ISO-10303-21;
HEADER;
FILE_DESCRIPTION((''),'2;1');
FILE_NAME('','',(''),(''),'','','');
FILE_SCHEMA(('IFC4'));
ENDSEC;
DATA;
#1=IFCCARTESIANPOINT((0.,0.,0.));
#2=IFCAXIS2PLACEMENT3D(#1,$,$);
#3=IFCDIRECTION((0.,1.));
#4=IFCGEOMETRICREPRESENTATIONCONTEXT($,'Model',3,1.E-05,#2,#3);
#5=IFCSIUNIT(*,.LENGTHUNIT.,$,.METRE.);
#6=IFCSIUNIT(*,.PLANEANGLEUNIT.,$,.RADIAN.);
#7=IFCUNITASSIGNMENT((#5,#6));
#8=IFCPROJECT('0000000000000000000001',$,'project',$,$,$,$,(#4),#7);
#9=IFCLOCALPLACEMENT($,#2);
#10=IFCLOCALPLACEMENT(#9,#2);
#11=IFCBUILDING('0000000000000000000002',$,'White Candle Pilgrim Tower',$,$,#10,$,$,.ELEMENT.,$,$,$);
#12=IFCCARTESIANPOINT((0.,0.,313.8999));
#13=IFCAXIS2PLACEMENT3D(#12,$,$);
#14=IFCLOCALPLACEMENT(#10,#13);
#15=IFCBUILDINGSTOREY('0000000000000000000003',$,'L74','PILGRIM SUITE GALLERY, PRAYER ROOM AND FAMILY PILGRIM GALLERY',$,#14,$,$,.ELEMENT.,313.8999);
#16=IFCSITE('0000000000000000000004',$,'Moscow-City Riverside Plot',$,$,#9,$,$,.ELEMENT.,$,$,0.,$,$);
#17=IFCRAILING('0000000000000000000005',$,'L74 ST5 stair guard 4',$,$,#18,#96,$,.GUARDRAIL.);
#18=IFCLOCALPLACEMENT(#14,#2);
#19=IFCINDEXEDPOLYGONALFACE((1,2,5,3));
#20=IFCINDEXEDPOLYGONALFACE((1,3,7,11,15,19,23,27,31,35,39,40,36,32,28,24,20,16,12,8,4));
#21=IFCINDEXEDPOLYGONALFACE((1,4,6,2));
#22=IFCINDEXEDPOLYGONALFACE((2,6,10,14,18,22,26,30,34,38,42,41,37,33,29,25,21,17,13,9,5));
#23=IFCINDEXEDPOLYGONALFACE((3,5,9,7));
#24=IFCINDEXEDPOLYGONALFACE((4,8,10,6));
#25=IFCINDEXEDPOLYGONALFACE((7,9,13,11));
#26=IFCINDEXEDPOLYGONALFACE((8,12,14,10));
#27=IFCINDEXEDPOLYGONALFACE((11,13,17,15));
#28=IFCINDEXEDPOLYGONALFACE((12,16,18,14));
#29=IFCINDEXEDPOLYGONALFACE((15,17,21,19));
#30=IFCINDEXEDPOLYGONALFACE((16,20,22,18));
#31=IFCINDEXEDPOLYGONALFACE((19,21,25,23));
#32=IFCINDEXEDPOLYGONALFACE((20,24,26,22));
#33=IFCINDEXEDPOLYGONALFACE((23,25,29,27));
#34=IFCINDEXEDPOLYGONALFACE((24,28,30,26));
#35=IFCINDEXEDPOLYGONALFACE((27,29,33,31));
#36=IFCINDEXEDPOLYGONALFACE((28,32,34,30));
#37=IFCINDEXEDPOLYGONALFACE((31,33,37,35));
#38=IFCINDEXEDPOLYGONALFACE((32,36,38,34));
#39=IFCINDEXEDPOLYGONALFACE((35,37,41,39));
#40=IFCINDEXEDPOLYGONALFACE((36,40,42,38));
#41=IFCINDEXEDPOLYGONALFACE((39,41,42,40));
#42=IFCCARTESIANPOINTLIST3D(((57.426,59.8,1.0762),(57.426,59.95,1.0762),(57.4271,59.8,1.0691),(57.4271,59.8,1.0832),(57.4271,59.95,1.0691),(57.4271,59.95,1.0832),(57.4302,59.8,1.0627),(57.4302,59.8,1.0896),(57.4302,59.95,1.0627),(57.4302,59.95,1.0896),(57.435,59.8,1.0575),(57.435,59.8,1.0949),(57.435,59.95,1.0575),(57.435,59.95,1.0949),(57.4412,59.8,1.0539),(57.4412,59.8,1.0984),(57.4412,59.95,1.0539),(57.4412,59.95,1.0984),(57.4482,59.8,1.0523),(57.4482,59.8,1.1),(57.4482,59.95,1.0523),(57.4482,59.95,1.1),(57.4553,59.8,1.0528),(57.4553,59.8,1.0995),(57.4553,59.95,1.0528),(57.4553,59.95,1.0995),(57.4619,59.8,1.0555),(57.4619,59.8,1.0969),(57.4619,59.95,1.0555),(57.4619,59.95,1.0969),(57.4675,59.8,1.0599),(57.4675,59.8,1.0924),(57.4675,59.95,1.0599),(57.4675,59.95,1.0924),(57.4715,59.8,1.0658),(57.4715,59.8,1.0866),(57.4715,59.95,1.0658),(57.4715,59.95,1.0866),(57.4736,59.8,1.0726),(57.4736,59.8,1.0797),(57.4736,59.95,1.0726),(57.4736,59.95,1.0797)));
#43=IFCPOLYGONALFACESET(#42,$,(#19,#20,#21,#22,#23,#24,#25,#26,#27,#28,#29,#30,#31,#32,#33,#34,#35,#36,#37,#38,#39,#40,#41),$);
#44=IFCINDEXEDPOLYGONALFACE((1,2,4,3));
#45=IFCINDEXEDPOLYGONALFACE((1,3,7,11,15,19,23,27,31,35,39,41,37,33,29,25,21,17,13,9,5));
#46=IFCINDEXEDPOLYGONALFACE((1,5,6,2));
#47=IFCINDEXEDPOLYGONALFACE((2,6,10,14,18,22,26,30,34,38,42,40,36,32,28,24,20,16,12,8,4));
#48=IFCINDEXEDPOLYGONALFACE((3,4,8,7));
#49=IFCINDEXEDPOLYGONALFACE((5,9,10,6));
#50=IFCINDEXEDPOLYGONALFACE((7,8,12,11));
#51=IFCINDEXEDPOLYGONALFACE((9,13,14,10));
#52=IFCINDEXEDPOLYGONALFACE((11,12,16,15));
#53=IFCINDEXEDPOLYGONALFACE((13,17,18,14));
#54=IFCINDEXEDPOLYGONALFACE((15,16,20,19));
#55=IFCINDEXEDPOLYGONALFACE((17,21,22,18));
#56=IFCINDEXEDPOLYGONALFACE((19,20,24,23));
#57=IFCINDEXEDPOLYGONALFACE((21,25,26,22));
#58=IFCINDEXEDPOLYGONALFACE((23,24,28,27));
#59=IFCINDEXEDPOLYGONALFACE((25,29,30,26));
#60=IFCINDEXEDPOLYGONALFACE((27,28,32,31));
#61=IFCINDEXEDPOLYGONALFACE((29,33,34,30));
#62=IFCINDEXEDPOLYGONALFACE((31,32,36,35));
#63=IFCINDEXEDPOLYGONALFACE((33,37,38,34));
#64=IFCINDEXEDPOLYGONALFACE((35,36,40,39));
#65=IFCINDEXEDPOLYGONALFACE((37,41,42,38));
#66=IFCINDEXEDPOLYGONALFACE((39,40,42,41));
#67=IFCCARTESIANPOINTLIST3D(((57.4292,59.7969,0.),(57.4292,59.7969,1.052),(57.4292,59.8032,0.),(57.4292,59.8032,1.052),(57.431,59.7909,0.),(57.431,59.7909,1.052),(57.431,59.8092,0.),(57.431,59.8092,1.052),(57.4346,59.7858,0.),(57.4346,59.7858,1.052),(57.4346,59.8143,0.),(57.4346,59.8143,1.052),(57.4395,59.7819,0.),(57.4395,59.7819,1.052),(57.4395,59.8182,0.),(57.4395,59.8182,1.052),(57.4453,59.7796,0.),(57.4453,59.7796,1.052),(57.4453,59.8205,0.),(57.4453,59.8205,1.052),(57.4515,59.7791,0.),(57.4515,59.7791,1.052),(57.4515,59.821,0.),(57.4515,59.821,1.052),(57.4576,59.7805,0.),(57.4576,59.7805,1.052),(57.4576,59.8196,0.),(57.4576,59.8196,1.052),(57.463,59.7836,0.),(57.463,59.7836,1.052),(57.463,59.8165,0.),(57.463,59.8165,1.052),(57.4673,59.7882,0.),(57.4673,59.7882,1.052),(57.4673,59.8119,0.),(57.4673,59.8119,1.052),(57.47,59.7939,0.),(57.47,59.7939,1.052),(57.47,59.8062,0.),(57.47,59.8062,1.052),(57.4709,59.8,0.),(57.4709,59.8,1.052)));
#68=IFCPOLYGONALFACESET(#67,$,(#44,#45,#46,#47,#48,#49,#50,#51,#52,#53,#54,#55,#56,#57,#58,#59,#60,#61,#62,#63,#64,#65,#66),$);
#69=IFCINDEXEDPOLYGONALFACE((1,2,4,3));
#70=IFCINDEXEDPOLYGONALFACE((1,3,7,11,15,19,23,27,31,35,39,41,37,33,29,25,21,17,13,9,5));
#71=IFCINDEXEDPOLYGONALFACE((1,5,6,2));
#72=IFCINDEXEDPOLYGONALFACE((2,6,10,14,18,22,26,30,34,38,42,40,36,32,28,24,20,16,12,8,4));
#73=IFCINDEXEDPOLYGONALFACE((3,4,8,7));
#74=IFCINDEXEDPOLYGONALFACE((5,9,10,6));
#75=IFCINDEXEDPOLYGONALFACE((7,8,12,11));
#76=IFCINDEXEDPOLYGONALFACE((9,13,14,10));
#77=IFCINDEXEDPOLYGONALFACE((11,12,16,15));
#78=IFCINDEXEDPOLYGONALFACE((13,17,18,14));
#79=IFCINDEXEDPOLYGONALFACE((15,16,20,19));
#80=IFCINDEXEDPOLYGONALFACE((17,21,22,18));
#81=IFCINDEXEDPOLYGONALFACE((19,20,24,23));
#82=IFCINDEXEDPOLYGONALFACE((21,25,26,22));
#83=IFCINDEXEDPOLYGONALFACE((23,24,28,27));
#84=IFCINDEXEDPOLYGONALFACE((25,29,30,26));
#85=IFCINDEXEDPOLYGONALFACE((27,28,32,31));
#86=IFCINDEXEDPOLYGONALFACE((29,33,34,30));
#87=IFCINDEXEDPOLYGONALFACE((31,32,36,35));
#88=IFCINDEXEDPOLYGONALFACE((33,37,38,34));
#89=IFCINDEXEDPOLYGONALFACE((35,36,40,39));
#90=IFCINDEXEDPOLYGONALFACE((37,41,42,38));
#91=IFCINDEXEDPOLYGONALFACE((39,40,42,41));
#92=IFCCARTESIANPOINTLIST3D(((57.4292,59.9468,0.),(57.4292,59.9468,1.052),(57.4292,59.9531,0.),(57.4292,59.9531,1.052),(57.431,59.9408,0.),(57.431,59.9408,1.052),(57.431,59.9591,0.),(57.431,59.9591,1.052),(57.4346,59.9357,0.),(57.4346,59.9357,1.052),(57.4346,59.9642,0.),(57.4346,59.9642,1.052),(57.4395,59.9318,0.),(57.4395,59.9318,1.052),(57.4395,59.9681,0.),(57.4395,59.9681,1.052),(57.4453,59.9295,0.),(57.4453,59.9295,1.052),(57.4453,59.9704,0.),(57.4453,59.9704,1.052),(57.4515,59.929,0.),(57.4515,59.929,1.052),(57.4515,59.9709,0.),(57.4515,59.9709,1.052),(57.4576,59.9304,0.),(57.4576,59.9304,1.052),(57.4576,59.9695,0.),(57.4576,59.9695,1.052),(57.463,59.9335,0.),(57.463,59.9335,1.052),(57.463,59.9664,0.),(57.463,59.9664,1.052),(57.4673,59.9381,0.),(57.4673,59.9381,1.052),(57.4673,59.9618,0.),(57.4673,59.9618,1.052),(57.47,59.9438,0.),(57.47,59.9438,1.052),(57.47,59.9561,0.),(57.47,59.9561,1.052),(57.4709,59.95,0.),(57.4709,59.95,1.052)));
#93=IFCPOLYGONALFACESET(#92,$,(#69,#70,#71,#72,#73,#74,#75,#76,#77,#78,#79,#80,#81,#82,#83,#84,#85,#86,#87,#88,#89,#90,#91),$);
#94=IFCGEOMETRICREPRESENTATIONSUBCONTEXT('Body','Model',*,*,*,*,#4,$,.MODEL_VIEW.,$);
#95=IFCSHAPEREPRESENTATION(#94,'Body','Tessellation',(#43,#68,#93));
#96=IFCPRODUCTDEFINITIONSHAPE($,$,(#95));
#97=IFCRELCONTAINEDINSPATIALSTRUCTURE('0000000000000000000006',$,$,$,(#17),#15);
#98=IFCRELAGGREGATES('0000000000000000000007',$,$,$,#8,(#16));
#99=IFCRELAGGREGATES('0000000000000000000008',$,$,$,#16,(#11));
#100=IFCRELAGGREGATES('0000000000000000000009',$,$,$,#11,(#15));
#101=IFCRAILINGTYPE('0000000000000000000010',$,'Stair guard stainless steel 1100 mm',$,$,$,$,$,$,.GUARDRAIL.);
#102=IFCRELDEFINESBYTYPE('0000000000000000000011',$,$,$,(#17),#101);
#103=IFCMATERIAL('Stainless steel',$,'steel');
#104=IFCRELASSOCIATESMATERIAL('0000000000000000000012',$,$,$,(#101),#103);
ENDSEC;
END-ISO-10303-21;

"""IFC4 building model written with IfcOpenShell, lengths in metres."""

from ifc_helpers import new_model, si_unit, direction, frame, origin, origin_2d, place, context, subcontext, project, spatial, circle, extrude, material, type_object, element, save


model = new_model("IFC4")

# Units and contexts
model_context = context("Model", 3, precision=1e-05, world=origin(), true_north=direction((0.0, 1.0)))
body_context = subcontext(model_context, "Body", "Model", "MODEL_VIEW")
ifc_project = project(units=[si_unit("LENGTHUNIT", "METRE"), si_unit("PLANEANGLEUNIT", "RADIAN")], contexts=[model_context])

# Site, building, storey
site_placement = place(None, origin())
site = spatial("IfcSite", under=ifc_project, at=site_placement, Name="Moscow-City Riverside Plot", CompositionType="ELEMENT", RefElevation=0.0)
building_placement = place(site_placement, origin())
building = spatial("IfcBuilding", under=site, at=building_placement, Name="White Candle Pilgrim Tower", CompositionType="ELEMENT")
storey_placement = place(building_placement, frame((0.0, 0.0, 313.8999)))
storey = spatial("IfcBuildingStorey", under=building, at=storey_placement, Name="L74", Description="PILGRIM SUITE GALLERY, PRAYER ROOM AND FAMILY PILGRIM GALLERY", CompositionType="ELEMENT", Elevation=313.8999)

# Railing
ifc_material_1 = material(Name="Stainless steel", Category="steel")
railing_type_1 = type_object("IfcRailingType", Name="Stair guard stainless steel 1100 mm", PredefinedType="GUARDRAIL", material=ifc_material_1)
railing_1_placement = place(storey_placement, frame((57.45, 59.8, 0.0)))
element("IfcRailing", 1, at=railing_1_placement, inside=storey, type_object=railing_type_1, Name="L74 ST5 stair guard 4", PredefinedType="GUARDRAIL", context=body_context, shape_type="SweptSolid", body=[
    extrude(circle(Radius=0.0239, at=origin_2d()), frame((0.0, 0.0, 1.0762), z_axis=(0.0, 1.0, 0.0), x_axis=(-1.0, 0.0, 0.0)), (0.0, 0.0, 1.0), 0.1499),
    extrude(circle(Radius=0.021, at=origin_2d()), origin(), (0.0, 0.0, 1.0), 1.052),
    extrude(circle(Radius=0.021, at=origin_2d()), frame((0.0, 0.1499, 0.0)), (0.0, 0.0, 1.0), 1.052),
])

save(model, "model.ifc")
